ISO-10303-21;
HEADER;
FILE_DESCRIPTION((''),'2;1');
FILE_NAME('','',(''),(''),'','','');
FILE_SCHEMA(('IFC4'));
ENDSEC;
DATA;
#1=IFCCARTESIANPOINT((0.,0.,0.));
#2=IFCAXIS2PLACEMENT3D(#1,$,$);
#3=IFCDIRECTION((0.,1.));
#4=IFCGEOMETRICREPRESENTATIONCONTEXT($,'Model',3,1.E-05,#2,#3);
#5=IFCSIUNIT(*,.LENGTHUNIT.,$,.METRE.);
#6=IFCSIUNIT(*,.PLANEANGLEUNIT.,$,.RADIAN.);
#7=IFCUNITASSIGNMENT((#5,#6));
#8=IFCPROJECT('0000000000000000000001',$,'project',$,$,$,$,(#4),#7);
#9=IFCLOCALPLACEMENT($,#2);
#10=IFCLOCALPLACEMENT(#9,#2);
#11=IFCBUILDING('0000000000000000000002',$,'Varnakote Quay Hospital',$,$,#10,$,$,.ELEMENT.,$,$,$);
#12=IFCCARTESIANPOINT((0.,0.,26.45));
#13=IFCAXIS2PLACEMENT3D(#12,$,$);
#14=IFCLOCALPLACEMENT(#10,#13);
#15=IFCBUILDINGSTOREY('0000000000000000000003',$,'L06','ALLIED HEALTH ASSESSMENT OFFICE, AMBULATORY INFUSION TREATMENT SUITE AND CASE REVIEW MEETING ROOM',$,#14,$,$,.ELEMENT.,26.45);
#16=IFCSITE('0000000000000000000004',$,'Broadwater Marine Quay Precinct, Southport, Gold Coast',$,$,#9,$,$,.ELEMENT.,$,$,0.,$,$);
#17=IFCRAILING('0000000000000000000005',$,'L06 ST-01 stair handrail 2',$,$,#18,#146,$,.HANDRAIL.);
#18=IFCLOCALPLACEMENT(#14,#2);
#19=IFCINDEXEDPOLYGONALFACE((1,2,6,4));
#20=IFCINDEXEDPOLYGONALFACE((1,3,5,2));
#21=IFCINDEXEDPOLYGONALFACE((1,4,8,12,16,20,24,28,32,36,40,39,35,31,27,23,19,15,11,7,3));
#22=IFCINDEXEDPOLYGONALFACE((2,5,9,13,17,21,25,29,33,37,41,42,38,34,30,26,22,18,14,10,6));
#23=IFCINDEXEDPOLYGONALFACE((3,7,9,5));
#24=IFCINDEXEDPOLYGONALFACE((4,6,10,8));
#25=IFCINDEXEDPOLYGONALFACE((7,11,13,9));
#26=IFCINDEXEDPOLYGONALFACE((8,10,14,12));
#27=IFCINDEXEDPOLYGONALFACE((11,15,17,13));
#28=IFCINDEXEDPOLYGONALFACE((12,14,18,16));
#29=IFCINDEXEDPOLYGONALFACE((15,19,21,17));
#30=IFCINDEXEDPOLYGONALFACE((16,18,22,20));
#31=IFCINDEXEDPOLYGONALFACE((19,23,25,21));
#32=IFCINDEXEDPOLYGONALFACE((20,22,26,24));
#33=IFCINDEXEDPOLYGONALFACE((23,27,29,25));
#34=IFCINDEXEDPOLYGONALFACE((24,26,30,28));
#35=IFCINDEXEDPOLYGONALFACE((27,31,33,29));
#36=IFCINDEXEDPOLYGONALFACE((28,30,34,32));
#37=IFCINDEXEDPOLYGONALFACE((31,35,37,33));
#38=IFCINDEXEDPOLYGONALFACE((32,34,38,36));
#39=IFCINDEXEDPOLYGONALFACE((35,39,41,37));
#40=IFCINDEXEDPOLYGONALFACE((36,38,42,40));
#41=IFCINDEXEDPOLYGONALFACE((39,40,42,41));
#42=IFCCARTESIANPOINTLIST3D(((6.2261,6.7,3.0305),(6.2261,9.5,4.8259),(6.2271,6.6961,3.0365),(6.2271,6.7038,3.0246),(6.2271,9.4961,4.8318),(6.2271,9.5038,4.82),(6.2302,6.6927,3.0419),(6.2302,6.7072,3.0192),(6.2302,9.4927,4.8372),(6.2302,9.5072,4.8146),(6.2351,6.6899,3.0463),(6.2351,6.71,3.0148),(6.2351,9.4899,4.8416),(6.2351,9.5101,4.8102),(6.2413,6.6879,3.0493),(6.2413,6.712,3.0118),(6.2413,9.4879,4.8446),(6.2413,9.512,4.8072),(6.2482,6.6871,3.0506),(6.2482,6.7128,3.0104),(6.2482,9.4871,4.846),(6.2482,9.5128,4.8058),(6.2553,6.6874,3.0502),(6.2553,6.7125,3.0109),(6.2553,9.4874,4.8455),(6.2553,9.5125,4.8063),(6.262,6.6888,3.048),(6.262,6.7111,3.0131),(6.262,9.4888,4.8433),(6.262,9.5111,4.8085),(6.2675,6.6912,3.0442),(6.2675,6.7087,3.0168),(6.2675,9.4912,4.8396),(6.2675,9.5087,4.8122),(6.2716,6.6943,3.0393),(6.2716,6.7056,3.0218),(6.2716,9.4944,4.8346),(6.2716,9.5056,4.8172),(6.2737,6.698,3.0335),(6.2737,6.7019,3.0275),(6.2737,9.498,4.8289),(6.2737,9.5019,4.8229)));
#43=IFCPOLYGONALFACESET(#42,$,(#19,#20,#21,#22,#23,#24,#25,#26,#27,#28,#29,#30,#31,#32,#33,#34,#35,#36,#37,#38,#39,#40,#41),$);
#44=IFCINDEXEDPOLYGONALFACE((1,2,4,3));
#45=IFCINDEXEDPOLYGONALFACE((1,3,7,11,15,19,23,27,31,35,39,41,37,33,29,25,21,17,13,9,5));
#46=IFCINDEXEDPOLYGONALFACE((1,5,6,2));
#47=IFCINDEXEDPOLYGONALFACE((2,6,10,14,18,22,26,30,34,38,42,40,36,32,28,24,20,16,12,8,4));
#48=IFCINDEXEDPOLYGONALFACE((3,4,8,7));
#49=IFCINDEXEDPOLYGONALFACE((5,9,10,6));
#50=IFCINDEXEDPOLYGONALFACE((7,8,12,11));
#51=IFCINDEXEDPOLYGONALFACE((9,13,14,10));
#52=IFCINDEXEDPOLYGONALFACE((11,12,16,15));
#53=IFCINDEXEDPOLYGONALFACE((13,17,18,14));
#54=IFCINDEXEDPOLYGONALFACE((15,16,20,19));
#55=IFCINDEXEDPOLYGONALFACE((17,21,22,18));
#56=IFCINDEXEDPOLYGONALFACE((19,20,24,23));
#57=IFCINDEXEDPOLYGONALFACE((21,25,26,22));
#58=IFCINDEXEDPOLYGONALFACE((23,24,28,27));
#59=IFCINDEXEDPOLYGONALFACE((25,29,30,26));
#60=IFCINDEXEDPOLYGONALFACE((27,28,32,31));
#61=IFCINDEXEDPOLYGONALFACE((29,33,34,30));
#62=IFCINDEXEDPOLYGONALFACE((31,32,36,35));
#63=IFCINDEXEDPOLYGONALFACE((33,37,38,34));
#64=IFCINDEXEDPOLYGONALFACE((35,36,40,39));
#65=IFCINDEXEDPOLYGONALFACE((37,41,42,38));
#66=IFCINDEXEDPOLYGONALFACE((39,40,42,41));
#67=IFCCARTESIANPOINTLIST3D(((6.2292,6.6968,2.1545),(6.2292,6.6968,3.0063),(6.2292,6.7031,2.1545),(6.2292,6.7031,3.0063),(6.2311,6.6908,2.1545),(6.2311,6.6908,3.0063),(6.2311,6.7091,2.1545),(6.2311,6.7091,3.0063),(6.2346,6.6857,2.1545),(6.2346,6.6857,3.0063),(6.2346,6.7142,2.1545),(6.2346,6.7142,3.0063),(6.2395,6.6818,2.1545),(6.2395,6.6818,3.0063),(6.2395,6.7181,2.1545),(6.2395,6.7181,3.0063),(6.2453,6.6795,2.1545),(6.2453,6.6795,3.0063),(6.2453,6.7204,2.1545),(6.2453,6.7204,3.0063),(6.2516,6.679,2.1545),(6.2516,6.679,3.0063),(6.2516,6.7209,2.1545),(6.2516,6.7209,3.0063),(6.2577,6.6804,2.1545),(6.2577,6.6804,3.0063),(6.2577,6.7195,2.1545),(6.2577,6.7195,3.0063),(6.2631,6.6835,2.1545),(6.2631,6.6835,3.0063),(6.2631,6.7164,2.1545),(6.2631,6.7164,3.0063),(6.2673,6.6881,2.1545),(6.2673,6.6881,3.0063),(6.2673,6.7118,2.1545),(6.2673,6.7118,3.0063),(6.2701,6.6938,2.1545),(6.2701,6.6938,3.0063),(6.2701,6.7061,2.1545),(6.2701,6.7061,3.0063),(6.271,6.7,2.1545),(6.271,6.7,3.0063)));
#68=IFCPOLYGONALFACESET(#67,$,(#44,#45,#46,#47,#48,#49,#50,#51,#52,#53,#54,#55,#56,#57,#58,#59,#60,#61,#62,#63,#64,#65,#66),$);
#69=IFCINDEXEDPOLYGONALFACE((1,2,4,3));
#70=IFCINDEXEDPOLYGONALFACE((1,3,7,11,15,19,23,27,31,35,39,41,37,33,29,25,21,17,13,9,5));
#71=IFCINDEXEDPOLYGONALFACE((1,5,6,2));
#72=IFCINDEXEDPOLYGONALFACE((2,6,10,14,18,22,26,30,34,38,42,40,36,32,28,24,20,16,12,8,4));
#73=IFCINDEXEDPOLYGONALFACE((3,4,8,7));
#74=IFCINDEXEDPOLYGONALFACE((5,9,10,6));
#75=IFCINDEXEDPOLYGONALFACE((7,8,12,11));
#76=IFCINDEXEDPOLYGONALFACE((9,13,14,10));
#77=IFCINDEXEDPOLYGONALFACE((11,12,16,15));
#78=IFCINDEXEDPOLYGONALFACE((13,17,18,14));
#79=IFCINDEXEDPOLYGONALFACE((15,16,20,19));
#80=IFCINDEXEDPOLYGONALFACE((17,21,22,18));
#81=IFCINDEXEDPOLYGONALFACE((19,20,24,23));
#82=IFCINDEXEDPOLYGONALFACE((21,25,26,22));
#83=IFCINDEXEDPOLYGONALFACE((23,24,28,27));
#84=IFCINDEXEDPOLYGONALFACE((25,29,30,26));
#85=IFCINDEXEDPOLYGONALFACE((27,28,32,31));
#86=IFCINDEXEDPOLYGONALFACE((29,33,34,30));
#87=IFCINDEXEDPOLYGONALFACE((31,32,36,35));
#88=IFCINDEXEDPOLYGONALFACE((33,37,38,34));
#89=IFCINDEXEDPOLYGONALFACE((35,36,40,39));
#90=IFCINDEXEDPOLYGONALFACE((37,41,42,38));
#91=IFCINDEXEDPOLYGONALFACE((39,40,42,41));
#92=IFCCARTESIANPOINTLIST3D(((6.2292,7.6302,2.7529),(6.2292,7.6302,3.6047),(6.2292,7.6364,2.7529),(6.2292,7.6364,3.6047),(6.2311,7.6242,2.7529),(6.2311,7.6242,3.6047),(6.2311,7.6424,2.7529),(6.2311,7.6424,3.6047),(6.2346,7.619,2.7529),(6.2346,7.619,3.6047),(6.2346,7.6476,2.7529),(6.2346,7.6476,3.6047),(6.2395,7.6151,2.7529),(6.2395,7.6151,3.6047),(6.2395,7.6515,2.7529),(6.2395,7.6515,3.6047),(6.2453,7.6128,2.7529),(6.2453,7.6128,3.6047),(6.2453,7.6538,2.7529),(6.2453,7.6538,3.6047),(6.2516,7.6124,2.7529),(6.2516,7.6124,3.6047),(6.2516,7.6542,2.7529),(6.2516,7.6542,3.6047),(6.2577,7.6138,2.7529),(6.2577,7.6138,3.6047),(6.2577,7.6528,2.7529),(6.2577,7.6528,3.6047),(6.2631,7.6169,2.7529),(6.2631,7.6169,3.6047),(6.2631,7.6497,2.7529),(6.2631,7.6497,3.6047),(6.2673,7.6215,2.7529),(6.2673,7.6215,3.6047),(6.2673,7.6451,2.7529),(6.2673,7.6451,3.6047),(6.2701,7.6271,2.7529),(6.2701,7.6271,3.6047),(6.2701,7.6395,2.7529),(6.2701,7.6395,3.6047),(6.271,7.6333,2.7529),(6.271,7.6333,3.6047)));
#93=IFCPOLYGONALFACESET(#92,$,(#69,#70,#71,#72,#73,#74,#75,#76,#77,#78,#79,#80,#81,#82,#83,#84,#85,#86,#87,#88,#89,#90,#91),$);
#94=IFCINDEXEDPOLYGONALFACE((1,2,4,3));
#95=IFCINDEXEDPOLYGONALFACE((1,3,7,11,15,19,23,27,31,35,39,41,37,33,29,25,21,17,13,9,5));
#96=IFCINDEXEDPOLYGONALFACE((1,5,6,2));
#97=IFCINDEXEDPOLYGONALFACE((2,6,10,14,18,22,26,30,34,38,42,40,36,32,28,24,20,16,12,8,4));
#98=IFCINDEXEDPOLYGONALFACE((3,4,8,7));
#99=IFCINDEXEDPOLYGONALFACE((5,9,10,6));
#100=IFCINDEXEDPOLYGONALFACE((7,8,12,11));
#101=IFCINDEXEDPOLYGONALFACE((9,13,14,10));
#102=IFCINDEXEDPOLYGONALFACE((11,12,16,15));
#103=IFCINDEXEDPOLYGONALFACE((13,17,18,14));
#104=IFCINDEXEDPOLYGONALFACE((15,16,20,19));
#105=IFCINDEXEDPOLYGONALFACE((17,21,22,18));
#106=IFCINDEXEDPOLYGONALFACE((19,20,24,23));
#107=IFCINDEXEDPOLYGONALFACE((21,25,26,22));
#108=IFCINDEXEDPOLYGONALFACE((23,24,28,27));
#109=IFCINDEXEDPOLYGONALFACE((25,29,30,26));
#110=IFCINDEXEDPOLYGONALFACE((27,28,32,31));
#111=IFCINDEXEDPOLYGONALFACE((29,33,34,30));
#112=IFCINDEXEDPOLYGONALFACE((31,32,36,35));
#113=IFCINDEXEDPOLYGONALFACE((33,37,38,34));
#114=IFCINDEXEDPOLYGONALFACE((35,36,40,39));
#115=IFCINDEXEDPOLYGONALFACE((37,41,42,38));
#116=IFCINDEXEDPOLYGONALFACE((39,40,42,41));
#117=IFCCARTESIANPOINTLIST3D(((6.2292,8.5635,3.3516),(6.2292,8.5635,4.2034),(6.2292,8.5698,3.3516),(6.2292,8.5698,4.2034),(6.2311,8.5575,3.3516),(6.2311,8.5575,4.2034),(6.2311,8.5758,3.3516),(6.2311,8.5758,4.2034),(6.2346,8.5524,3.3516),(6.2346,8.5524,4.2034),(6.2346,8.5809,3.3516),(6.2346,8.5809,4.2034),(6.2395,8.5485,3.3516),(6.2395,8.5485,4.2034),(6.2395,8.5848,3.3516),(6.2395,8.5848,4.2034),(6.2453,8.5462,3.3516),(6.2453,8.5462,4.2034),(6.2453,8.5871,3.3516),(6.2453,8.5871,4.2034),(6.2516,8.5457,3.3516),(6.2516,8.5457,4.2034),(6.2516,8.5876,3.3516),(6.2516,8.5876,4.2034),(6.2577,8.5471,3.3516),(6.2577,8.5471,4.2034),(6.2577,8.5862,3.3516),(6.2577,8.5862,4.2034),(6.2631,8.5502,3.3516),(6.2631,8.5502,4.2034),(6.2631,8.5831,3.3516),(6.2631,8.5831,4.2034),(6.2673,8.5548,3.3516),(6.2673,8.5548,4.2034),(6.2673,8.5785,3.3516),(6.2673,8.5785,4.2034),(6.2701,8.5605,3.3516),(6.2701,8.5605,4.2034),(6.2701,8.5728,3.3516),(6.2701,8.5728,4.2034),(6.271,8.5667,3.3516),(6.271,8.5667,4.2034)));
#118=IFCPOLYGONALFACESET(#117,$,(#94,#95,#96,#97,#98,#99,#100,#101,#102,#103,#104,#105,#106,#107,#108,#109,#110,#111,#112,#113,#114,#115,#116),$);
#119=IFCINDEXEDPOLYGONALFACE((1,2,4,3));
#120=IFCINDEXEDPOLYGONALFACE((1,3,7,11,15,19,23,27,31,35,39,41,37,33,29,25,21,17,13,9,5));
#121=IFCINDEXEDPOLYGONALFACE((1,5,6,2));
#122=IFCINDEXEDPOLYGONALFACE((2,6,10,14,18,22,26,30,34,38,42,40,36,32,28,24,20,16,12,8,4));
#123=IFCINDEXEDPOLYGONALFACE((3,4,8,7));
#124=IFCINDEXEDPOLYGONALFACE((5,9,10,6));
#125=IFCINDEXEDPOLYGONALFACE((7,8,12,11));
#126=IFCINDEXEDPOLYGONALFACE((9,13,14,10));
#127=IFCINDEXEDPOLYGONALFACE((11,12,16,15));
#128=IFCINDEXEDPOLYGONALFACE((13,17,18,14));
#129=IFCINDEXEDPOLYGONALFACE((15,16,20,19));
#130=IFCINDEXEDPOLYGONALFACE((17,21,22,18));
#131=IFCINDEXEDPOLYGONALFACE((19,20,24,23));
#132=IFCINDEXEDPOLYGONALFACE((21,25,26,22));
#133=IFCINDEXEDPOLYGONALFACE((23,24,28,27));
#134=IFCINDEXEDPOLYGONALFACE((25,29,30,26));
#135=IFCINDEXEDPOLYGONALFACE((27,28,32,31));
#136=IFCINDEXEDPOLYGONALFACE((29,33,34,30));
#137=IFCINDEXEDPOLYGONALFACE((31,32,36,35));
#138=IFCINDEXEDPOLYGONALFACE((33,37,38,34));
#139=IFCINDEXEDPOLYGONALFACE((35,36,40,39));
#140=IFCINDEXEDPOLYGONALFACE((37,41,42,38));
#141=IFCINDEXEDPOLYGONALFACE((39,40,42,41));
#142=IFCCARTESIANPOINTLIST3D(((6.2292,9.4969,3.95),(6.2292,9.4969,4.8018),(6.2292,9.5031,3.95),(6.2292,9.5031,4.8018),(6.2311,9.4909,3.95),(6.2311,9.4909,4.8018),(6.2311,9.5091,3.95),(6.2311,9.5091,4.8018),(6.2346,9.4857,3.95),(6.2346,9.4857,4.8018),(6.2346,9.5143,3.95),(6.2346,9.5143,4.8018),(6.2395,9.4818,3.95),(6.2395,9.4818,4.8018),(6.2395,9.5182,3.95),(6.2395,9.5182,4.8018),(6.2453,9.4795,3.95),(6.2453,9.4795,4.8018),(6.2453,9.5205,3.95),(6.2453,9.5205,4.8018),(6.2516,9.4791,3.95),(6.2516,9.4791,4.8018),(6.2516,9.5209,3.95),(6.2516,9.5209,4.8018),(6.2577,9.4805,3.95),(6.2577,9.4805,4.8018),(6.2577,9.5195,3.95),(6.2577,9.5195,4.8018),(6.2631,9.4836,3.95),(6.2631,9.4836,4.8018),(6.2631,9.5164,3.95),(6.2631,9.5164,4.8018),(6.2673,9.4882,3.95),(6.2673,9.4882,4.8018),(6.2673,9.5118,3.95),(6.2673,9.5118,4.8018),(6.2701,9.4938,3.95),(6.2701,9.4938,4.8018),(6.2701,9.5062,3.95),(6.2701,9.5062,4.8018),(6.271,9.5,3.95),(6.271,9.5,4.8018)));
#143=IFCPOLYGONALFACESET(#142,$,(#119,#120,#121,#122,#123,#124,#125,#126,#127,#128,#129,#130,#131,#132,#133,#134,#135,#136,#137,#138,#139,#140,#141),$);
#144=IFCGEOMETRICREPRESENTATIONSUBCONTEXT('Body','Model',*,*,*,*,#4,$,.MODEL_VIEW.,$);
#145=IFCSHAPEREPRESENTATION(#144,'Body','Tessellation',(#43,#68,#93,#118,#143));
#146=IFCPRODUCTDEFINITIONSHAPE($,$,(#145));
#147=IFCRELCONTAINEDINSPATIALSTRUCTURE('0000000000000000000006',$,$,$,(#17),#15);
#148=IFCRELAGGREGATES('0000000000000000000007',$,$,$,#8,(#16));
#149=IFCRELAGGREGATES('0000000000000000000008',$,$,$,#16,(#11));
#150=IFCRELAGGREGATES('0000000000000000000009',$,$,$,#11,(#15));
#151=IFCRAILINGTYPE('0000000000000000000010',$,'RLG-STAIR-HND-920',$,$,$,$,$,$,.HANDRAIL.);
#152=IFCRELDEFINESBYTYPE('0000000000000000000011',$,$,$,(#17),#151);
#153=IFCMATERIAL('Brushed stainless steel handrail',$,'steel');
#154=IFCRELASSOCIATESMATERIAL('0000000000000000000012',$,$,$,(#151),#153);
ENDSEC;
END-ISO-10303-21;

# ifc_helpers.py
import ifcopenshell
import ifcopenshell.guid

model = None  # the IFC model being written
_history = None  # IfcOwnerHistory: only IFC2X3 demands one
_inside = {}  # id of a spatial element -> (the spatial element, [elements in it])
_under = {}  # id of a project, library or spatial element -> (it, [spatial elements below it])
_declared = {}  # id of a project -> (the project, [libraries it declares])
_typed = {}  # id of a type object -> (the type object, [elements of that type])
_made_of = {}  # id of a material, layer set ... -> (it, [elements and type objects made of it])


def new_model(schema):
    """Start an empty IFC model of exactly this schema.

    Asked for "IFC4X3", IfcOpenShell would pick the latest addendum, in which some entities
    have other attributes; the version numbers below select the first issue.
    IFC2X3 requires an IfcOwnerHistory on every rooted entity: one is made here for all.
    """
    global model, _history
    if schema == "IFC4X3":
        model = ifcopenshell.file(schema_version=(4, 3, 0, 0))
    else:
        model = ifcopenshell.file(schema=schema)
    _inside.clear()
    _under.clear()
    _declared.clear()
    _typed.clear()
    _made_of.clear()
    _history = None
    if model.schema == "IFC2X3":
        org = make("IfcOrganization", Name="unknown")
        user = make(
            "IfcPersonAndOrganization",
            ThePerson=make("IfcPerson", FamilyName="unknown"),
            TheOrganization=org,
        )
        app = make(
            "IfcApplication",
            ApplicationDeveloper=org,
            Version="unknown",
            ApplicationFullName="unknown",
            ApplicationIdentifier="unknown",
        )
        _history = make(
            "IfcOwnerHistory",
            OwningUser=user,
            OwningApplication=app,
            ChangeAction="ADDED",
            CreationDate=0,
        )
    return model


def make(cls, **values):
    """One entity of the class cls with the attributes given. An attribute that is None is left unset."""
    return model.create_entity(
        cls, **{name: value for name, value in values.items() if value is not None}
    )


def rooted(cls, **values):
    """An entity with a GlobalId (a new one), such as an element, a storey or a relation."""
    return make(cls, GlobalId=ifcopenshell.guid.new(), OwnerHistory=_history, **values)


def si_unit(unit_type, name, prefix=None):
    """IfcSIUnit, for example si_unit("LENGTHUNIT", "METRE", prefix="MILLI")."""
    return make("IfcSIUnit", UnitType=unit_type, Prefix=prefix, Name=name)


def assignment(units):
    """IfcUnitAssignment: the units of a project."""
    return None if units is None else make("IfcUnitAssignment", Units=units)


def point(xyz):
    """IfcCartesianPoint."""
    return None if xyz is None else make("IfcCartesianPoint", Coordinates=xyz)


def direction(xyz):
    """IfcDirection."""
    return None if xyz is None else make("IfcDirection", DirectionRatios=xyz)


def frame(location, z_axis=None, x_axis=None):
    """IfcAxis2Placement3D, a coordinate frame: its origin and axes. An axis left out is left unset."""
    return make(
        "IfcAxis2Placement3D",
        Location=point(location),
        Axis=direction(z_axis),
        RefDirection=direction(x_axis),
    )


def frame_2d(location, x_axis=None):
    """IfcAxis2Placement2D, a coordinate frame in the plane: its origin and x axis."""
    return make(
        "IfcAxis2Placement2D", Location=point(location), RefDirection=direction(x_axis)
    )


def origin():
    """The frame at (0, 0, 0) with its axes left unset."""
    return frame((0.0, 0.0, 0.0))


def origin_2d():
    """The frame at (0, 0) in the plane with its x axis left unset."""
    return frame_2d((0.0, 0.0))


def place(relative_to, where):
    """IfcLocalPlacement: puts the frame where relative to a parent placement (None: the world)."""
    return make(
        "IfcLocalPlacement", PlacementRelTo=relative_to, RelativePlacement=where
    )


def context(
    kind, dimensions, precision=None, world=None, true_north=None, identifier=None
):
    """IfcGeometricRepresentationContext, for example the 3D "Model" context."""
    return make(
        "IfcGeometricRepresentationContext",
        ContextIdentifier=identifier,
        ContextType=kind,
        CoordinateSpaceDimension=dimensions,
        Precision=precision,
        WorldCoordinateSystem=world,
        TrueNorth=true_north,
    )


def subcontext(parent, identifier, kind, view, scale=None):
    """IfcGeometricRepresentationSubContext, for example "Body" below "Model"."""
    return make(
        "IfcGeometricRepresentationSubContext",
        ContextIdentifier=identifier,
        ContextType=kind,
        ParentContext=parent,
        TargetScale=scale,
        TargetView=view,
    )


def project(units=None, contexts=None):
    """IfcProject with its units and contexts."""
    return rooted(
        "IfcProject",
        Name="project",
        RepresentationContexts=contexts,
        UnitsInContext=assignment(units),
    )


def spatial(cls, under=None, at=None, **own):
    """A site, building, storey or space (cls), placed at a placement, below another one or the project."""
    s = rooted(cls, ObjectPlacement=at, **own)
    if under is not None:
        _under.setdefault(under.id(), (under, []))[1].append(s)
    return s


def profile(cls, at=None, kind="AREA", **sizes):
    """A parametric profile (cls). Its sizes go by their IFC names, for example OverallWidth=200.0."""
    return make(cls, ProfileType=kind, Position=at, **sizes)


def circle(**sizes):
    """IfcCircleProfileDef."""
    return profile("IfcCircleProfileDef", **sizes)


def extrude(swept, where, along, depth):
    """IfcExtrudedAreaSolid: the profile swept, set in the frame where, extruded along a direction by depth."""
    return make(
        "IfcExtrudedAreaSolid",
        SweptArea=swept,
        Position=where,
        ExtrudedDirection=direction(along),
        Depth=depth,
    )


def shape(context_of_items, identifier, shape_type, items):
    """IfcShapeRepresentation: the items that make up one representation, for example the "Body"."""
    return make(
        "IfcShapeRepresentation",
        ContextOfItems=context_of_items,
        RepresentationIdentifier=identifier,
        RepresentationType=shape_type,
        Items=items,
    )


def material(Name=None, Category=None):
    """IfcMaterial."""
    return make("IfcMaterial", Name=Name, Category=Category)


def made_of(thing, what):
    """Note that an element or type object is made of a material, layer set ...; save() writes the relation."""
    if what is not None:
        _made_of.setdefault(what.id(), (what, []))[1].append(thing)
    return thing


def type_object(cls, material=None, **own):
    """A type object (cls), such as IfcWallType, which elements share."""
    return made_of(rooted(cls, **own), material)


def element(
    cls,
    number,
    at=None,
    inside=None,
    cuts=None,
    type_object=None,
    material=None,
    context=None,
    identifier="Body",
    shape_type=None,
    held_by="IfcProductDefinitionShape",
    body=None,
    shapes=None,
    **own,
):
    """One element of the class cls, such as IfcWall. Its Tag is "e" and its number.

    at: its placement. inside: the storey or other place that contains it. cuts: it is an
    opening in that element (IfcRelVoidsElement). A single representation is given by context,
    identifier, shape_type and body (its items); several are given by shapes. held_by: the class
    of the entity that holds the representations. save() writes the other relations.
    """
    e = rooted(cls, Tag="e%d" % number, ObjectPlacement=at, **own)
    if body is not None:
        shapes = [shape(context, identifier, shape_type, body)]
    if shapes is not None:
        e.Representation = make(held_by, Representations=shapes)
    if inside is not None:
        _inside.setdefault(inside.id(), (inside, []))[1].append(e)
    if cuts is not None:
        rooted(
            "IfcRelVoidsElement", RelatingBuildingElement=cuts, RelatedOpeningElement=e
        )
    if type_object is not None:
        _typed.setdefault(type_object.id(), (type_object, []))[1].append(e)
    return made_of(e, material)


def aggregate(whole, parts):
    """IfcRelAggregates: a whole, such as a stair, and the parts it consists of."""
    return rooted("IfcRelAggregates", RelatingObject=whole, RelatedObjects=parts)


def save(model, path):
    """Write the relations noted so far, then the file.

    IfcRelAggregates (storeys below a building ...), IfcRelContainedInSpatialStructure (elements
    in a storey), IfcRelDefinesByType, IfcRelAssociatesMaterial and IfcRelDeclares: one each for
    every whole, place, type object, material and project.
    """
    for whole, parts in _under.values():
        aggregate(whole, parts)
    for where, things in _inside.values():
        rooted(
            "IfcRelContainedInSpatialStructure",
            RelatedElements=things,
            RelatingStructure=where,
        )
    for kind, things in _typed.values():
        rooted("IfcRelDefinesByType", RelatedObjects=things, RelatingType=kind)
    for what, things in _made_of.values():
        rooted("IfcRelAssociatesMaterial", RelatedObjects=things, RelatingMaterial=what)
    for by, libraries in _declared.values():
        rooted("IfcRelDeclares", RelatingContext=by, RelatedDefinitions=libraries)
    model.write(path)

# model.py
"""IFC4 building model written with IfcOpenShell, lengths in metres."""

from ifc_helpers import new_model, si_unit, direction, frame, origin, origin_2d, place, context, subcontext, project, spatial, circle, extrude, material, type_object, element, save


model = new_model("IFC4")

# Units and contexts
model_context = context("Model", 3, precision=1e-05, world=origin(), true_north=direction((0.0, 1.0)))
body_context = subcontext(model_context, "Body", "Model", "MODEL_VIEW")
ifc_project = project(units=[si_unit("LENGTHUNIT", "METRE"), si_unit("PLANEANGLEUNIT", "RADIAN")], contexts=[model_context])

# Site, building, storey
site_placement = place(None, origin())
site = spatial("IfcSite", under=ifc_project, at=site_placement, Name="Broadwater Marine Quay Precinct, Southport, Gold Coast", CompositionType="ELEMENT", RefElevation=0.0)
building_placement = place(site_placement, origin())
building = spatial("IfcBuilding", under=site, at=building_placement, Name="Varnakote Quay Hospital", CompositionType="ELEMENT")
storey_placement = place(building_placement, frame((0.0, 0.0, 26.45)))
storey = spatial("IfcBuildingStorey", under=building, at=storey_placement, Name="L06", Description="ALLIED HEALTH ASSESSMENT OFFICE, AMBULATORY INFUSION TREATMENT SUITE AND CASE REVIEW MEETING ROOM", CompositionType="ELEMENT", Elevation=26.45)

# Railing
ifc_material_1 = material(Name="Brushed stainless steel handrail", Category="steel")
railing_type_1 = type_object("IfcRailingType", Name="RLG-STAIR-HND-920", PredefinedType="HANDRAIL", material=ifc_material_1)
railing_1_placement = place(storey_placement, frame((6.25, 6.7, 2.1545)))
element("IfcRailing", 1, at=railing_1_placement, inside=storey, type_object=railing_type_1, Name="L06 ST-01 stair handrail 2", PredefinedType="HANDRAIL", context=body_context, shape_type="SweptSolid", body=[
    extrude(circle(Radius=0.0239, at=origin_2d()), frame((0.0, 0.0, 0.876), z_axis=(0.0, 0.84181, 0.539774), x_axis=(-1.0, 0.0, 0.0)), (0.0, 0.0, 1.0), 3.3262),
    extrude(circle(Radius=0.021, at=origin_2d()), origin(), (0.0, 0.0, 1.0), 0.8518),
    extrude(circle(Radius=0.021, at=origin_2d()), frame((0.0, 0.9333, 0.5984)), (0.0, 0.0, 1.0), 0.8518),
    extrude(circle(Radius=0.021, at=origin_2d()), frame((0.0, 1.8667, 1.197)), (0.0, 0.0, 1.0), 0.8518),
    extrude(circle(Radius=0.021, at=origin_2d()), frame((0.0, 2.8, 1.7954)), (0.0, 0.0, 1.0), 0.8518),
])

save(model, "model.ifc")
